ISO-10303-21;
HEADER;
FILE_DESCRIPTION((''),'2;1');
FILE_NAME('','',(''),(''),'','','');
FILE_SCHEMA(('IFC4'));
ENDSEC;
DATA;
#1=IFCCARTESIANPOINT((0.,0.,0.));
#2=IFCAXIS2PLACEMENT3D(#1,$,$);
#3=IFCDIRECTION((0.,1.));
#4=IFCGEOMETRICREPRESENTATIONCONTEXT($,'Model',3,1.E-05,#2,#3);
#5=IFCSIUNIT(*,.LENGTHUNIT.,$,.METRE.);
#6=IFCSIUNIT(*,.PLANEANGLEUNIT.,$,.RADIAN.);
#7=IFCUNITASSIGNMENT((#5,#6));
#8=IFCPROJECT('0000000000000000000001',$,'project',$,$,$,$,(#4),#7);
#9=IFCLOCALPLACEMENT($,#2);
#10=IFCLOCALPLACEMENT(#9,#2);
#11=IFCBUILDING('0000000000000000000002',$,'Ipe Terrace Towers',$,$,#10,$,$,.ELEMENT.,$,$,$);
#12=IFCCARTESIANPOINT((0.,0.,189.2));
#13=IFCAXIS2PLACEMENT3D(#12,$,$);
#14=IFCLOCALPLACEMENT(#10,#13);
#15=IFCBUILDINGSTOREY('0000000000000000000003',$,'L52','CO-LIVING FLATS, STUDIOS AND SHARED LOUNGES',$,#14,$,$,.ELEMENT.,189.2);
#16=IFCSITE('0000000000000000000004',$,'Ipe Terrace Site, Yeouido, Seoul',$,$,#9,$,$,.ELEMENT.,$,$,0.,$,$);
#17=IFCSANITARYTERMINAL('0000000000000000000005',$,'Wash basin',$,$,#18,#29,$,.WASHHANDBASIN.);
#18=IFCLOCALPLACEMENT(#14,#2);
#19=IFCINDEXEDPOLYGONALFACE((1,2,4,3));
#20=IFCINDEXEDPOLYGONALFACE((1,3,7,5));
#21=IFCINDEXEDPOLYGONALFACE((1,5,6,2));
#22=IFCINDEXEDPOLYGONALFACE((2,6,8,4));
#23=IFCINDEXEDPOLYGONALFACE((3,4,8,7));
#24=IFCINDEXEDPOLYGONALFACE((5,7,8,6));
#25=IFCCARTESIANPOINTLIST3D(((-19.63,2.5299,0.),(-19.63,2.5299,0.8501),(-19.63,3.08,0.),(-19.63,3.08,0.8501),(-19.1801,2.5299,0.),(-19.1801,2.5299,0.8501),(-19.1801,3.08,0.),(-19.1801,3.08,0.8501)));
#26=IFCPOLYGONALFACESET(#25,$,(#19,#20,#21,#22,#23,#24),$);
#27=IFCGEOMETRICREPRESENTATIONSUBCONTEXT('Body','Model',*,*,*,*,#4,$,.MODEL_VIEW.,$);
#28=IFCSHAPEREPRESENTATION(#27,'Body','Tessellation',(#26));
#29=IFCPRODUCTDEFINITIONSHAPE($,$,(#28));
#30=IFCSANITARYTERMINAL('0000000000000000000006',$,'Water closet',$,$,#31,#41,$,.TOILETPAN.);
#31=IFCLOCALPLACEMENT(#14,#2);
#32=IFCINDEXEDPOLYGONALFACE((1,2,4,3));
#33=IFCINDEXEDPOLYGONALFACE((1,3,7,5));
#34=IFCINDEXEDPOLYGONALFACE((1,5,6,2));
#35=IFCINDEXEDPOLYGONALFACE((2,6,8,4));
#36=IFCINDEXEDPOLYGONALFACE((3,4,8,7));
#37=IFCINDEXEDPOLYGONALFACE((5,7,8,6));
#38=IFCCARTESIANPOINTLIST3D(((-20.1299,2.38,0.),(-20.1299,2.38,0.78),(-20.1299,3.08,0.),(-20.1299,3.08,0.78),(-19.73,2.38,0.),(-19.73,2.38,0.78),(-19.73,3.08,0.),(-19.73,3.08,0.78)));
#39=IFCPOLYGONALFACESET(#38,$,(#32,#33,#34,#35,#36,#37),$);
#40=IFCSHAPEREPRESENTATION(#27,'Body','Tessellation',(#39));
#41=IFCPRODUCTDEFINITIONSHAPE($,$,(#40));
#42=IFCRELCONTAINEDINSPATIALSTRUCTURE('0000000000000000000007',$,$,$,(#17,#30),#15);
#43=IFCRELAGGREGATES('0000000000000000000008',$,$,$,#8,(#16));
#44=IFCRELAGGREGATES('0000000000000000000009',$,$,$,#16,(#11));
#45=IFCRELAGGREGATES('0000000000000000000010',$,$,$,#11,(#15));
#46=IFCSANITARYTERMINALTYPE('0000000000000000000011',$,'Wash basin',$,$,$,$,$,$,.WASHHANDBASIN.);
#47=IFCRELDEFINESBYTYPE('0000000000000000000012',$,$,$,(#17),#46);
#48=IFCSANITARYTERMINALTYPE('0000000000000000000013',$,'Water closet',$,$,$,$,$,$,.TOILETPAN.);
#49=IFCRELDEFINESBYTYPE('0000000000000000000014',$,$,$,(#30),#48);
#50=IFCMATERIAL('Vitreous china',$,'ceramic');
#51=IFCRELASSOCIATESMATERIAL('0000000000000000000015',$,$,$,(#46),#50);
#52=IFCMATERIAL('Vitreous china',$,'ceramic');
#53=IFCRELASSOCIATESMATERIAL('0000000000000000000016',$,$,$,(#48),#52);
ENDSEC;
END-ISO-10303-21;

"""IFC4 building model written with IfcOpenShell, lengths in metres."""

from ifc_helpers import new_model, si_unit, direction, frame, origin, origin_2d, place, context, subcontext, project, spatial, rectangle, extrude, material, type_object, element, save


model = new_model("IFC4")

# Units and contexts
model_context = context("Model", 3, precision=1e-05, world=origin(), true_north=direction((0.0, 1.0)))
body_context = subcontext(model_context, "Body", "Model", "MODEL_VIEW")
ifc_project = project(units=[si_unit("LENGTHUNIT", "METRE"), si_unit("PLANEANGLEUNIT", "RADIAN")], contexts=[model_context])

# Site, building, storey
site_placement = place(None, origin())
site = spatial("IfcSite", under=ifc_project, at=site_placement, Name="Ipe Terrace Site, Yeouido, Seoul", CompositionType="ELEMENT", RefElevation=0.0)
building_placement = place(site_placement, origin())
building = spatial("IfcBuilding", under=site, at=building_placement, Name="Ipe Terrace Towers", CompositionType="ELEMENT")
storey_placement = place(building_placement, frame((0.0, 0.0, 189.2)))
storey = spatial("IfcBuildingStorey", under=building, at=storey_placement, Name="L52", Description="CO-LIVING FLATS, STUDIOS AND SHARED LOUNGES", CompositionType="ELEMENT", Elevation=189.2)

# Sanitary terminals
ifc_material_1 = material(Name="Vitreous china", Category="ceramic")
sanitary_terminal_type_1 = type_object("IfcSanitaryTerminalType", Name="Wash basin", PredefinedType="WASHHANDBASIN", material=ifc_material_1)
sanitary_terminal_1_placement = place(storey_placement, frame((-19.405, 2.8049, 0.0), z_axis=(0.0, 0.0, 1.0), x_axis=(0.0, -1.0, 0.0)))
element("IfcSanitaryTerminal", 1, at=sanitary_terminal_1_placement, inside=storey, type_object=sanitary_terminal_type_1, Name="Wash basin", PredefinedType="WASHHANDBASIN", context=body_context, shape_type="SweptSolid", body=[
    extrude(rectangle(XDim=0.55, YDim=0.45, at=origin_2d()), origin(), (0.0, 0.0, 1.0), 0.8501),
])
ifc_material_2 = material(Name="Vitreous china", Category="ceramic")
sanitary_terminal_type_2 = type_object("IfcSanitaryTerminalType", Name="Water closet", PredefinedType="TOILETPAN", material=ifc_material_2)
sanitary_terminal_2_placement = place(storey_placement, frame((-19.9299, 2.73, 0.0), z_axis=(0.0, 0.0, 1.0), x_axis=(0.0, -1.0, 0.0)))
element("IfcSanitaryTerminal", 2, at=sanitary_terminal_2_placement, inside=storey, type_object=sanitary_terminal_type_2, Name="Water closet", PredefinedType="TOILETPAN", context=body_context, shape_type="SweptSolid", body=[
    extrude(rectangle(XDim=0.7, YDim=0.3999, at=origin_2d()), origin(), (0.0, 0.0, 1.0), 0.78),
])

save(model, "model.ifc")
